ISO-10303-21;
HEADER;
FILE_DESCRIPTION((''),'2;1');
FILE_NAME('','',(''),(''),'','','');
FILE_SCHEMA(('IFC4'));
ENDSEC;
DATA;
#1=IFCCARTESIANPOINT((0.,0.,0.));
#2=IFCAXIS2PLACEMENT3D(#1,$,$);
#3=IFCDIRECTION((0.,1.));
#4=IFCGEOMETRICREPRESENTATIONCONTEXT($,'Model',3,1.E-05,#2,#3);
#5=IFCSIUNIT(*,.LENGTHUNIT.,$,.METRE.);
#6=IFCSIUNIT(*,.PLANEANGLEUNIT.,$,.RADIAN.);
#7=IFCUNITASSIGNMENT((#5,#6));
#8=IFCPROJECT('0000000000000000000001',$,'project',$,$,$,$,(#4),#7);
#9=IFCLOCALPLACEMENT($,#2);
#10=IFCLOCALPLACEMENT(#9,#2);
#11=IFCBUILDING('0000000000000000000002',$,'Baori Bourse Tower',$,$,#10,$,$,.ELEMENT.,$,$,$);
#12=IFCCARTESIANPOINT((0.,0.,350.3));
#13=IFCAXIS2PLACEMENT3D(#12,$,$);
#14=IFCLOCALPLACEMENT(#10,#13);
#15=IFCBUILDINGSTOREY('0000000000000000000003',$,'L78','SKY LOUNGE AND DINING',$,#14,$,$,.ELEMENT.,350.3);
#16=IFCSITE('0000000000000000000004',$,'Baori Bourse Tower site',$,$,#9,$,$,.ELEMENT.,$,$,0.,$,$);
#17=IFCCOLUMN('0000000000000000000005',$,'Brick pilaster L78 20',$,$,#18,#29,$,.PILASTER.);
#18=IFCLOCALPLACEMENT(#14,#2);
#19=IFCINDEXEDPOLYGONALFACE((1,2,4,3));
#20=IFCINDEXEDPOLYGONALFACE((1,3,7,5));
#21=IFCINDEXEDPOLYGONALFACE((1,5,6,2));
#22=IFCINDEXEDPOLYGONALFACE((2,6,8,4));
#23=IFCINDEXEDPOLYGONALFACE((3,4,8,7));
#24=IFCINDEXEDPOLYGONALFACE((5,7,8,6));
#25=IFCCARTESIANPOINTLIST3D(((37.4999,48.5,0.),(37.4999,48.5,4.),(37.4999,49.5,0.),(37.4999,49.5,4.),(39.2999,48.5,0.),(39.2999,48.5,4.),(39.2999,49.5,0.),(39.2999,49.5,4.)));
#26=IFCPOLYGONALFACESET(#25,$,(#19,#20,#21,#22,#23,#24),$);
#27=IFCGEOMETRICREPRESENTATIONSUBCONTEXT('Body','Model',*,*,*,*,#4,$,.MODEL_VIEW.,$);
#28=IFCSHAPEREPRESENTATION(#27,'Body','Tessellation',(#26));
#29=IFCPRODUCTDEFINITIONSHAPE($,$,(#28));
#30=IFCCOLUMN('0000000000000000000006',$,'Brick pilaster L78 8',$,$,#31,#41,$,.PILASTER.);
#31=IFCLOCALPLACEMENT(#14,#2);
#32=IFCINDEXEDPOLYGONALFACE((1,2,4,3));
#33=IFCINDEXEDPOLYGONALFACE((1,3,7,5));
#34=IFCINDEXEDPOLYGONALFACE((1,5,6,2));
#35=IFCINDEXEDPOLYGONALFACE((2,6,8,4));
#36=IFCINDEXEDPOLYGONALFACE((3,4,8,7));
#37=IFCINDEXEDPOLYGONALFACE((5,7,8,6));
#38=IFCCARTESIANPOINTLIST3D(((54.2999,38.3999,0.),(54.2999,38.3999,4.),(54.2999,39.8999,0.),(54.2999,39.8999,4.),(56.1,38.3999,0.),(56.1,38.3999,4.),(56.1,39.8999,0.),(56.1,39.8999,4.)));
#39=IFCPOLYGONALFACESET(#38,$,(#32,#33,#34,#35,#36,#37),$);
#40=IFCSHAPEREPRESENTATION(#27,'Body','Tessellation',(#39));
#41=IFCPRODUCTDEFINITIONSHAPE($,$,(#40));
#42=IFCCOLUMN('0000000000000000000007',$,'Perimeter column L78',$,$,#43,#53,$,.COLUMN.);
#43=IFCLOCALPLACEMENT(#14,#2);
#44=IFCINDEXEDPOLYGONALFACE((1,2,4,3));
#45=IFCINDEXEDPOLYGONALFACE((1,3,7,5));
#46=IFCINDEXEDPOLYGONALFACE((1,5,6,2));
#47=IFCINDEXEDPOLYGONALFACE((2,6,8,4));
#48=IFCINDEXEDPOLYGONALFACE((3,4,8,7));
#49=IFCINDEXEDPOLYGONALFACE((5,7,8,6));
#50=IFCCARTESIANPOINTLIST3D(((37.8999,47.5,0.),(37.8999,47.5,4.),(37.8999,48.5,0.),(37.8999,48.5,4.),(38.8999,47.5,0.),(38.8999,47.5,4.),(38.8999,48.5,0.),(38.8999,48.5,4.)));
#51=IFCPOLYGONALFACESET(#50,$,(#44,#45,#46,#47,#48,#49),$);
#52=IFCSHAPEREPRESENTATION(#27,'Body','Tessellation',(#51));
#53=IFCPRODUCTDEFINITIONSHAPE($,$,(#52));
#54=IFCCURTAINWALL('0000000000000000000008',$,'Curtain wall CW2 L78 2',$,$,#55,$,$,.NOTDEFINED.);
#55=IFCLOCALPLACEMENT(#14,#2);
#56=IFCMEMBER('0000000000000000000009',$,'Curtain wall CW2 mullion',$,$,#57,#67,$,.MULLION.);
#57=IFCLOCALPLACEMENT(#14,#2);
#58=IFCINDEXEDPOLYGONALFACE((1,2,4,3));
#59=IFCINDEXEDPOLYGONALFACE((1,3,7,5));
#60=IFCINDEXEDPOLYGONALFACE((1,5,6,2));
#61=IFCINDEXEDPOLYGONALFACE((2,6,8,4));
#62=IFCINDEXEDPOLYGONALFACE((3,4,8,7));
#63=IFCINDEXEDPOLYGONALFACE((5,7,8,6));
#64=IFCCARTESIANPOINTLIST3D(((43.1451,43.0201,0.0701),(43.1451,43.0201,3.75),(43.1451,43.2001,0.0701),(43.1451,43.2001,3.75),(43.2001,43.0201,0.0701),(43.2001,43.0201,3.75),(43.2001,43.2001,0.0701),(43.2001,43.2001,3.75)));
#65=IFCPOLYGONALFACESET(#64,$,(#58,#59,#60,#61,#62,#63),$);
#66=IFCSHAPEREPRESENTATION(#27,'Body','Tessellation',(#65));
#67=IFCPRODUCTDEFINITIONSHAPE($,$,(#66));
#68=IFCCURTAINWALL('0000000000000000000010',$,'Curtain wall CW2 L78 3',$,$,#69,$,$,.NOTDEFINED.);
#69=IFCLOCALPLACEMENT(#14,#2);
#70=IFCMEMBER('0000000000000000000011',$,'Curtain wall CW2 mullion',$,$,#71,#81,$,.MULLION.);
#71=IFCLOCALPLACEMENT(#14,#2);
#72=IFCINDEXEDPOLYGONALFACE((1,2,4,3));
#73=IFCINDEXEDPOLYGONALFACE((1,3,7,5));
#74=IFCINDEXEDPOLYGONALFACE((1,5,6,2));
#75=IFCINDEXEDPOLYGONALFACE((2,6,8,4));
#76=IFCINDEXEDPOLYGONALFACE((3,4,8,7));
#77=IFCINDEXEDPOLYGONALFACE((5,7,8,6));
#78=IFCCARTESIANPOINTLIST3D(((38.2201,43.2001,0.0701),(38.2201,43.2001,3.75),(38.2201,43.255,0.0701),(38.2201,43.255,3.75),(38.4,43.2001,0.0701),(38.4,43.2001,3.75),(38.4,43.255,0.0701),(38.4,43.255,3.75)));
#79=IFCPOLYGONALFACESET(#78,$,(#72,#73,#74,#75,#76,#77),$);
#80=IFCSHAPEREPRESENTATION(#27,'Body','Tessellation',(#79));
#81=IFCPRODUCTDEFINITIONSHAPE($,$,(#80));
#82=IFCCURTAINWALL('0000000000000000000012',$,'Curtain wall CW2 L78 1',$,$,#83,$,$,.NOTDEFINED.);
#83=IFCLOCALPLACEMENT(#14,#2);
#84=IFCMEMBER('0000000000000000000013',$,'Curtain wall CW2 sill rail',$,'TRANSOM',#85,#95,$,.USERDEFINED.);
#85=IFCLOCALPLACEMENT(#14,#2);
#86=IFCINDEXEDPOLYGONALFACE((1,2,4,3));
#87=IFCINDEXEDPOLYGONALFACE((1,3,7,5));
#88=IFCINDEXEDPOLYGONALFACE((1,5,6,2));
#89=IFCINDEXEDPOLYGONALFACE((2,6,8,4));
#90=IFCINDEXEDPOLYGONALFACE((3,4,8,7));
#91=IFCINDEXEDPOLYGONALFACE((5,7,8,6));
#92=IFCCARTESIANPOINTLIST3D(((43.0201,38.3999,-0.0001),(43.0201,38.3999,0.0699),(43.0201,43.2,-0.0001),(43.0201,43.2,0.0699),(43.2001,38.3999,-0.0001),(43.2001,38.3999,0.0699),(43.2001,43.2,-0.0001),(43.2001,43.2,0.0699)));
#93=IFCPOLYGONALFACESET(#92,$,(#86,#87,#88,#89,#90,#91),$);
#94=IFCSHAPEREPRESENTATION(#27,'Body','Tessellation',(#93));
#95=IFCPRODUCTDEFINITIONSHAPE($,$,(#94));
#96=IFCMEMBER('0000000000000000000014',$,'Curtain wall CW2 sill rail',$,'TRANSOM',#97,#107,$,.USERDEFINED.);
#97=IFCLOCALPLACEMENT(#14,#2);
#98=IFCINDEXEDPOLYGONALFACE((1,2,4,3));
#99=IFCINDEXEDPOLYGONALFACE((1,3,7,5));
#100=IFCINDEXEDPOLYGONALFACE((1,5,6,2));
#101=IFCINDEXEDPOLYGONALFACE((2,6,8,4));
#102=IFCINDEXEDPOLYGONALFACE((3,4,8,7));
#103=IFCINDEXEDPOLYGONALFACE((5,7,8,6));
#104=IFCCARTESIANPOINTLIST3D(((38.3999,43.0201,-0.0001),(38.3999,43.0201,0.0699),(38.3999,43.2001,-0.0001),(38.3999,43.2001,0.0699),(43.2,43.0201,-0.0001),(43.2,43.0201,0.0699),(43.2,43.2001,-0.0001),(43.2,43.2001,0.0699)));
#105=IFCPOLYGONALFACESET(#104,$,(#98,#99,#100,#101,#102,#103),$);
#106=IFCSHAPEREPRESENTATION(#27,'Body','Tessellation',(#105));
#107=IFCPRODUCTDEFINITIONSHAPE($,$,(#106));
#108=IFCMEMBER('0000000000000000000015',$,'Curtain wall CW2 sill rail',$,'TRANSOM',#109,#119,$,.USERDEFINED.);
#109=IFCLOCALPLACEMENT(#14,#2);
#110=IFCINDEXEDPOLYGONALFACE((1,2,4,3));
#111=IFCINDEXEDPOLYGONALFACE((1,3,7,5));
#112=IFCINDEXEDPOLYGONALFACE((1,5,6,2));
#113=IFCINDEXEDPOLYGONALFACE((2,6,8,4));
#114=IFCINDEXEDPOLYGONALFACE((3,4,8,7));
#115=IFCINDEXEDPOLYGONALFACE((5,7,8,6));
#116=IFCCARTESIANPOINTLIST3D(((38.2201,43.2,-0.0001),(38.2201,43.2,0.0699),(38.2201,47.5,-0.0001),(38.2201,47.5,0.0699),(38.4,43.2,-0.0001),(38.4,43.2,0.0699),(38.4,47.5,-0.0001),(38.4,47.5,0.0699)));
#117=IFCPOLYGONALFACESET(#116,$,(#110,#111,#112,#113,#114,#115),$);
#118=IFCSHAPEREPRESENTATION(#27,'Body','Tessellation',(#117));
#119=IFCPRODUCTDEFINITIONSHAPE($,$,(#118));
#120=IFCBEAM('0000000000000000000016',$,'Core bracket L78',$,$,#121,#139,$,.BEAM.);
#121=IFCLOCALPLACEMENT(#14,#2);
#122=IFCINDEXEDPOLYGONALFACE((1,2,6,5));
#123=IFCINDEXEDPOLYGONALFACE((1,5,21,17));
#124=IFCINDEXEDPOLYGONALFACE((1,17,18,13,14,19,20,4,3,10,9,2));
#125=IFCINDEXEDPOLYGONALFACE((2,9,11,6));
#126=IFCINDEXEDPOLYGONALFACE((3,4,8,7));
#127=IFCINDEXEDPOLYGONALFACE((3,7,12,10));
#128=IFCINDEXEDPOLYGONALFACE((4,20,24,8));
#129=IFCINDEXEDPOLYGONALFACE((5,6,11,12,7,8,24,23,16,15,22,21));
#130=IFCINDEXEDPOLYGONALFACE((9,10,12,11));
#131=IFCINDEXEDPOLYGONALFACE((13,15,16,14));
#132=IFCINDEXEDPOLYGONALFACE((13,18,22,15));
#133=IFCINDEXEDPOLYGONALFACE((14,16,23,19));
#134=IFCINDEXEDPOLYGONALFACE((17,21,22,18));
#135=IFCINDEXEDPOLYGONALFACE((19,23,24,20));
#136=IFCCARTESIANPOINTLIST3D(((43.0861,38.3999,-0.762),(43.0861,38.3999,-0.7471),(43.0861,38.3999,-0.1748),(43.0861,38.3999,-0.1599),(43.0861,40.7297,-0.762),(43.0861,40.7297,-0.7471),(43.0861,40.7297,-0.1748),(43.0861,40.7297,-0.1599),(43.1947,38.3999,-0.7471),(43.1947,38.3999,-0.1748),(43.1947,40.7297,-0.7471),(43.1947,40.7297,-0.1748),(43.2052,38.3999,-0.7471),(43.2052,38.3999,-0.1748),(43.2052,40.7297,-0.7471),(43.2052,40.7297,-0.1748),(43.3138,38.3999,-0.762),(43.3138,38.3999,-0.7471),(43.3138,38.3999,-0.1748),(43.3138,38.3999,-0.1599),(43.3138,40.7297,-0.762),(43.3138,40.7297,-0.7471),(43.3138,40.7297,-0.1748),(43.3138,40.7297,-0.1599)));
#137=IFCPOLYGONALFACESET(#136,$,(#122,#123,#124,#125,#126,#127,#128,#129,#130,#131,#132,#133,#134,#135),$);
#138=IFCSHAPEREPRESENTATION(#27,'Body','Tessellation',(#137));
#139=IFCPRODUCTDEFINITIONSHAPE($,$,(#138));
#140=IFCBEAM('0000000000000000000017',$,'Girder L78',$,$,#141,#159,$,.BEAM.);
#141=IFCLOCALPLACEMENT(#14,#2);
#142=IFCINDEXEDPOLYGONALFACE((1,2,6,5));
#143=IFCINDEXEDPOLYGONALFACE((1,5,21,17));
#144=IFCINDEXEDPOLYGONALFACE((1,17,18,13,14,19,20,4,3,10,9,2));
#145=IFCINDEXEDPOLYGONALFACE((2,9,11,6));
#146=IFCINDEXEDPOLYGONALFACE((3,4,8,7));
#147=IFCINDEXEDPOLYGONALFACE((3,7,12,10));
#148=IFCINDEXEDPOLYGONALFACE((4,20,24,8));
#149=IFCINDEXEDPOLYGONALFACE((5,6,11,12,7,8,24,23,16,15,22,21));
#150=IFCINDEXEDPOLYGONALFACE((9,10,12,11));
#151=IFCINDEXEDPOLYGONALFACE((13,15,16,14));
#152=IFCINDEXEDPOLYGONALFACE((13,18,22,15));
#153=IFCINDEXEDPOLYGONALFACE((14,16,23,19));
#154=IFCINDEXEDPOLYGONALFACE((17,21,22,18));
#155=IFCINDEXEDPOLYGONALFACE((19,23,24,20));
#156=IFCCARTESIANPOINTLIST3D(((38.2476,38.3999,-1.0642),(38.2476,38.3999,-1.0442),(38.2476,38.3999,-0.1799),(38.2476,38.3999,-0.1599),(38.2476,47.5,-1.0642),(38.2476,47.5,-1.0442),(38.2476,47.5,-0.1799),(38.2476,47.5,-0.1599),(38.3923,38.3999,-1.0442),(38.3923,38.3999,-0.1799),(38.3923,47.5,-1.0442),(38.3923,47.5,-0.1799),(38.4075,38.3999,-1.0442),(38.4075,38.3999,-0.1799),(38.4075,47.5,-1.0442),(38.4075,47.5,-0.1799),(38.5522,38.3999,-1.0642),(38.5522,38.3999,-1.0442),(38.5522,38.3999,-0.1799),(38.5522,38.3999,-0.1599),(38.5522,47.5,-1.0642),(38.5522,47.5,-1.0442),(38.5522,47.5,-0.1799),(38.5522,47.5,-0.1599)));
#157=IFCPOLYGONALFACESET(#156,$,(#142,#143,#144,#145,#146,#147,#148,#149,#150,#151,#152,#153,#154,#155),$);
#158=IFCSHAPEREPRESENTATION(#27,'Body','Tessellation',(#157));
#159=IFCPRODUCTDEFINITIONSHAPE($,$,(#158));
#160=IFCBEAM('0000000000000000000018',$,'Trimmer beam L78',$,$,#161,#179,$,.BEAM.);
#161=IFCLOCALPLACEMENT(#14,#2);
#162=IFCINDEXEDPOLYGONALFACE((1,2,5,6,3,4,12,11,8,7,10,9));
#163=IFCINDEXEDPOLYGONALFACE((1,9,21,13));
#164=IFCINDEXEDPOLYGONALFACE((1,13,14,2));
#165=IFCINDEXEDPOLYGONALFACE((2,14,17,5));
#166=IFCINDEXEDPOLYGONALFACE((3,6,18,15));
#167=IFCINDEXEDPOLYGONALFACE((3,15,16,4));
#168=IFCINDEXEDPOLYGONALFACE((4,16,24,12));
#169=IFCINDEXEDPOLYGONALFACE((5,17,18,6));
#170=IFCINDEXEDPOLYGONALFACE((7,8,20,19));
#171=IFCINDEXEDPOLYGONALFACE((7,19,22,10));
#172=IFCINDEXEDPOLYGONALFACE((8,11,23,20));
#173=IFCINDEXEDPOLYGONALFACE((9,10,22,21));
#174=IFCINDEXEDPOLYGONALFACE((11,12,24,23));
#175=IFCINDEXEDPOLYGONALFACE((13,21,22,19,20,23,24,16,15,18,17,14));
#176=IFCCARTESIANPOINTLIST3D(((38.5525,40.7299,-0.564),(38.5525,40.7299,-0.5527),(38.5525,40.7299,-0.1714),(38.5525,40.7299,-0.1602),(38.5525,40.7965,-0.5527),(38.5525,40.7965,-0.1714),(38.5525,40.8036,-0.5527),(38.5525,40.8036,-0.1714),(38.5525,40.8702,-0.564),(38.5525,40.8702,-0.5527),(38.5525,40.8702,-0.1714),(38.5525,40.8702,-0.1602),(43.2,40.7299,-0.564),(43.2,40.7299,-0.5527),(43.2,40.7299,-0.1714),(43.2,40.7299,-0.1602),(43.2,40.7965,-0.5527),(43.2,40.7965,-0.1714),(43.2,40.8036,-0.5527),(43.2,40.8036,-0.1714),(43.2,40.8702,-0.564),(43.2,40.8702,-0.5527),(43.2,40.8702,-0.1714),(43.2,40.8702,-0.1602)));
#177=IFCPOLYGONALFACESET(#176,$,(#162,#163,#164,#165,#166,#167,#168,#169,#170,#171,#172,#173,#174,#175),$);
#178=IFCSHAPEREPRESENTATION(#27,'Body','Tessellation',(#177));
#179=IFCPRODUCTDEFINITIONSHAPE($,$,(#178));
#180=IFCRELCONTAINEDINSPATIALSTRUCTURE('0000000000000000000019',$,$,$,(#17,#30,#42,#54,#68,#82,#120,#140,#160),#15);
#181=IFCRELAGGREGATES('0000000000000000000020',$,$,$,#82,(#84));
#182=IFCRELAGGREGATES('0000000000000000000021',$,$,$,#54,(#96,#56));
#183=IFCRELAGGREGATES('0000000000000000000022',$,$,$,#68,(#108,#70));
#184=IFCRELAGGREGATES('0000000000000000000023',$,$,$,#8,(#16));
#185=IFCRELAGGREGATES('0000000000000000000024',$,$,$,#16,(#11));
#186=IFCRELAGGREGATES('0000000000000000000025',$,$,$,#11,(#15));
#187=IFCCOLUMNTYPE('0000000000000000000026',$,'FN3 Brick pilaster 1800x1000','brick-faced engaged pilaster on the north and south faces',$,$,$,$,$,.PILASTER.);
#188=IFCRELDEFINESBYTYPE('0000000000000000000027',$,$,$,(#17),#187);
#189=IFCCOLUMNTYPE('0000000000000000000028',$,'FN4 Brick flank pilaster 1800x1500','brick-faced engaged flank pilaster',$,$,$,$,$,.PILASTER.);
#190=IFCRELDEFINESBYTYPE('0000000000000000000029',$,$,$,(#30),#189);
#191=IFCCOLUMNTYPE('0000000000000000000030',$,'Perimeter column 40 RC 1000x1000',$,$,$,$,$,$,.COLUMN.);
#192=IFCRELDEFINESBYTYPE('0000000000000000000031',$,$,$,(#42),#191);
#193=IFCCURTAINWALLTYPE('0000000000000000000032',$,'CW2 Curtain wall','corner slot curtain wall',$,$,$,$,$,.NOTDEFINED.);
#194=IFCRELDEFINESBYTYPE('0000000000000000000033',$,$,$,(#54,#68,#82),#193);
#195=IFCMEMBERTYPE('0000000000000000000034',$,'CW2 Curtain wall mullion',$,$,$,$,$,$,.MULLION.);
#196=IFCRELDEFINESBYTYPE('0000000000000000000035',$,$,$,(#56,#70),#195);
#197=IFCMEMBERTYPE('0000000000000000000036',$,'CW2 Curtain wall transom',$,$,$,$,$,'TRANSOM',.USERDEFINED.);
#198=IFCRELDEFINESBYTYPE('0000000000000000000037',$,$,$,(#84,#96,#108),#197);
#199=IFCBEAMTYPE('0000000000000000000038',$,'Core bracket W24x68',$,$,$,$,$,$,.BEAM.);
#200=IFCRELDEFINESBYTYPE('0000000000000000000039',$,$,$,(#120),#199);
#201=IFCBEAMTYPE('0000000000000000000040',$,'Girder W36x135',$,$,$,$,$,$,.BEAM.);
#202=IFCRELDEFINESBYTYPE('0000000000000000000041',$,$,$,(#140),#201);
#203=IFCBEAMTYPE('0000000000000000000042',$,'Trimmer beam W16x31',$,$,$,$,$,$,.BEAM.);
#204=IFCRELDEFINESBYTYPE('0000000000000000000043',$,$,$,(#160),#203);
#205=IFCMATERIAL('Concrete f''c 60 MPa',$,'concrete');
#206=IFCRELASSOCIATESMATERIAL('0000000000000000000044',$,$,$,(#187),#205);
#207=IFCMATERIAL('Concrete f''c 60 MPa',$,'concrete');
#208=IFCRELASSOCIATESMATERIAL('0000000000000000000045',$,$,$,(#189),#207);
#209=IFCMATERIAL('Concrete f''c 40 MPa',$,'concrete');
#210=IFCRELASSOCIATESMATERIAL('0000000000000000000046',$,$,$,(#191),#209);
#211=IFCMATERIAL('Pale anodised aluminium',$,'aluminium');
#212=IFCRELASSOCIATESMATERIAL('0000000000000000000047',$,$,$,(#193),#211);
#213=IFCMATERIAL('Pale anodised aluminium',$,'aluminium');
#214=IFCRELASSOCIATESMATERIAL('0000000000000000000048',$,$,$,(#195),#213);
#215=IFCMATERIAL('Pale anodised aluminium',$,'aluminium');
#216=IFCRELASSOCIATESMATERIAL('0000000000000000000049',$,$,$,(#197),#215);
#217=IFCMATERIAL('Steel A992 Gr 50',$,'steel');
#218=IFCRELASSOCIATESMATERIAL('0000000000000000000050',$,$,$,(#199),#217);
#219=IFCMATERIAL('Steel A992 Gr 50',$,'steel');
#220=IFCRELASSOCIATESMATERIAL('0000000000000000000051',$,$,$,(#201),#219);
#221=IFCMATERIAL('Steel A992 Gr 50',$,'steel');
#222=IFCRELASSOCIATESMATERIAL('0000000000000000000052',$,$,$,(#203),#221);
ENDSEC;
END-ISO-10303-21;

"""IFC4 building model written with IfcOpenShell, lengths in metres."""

from ifc_helpers import new_model, si_unit, direction, frame, origin, origin_2d, place, context, subcontext, project, spatial, rectangle, i_section, extrude, material, material_profile, profile_set, type_object, element, aggregate, save


model = new_model("IFC4")

# Units and contexts
model_context = context("Model", 3, precision=1e-05, world=origin(), true_north=direction((0.0, 1.0)))
body_context = subcontext(model_context, "Body", "Model", "MODEL_VIEW")
ifc_project = project(units=[si_unit("LENGTHUNIT", "METRE"), si_unit("PLANEANGLEUNIT", "RADIAN")], contexts=[model_context])

# Site, building, storey
site_placement = place(None, origin())
site = spatial("IfcSite", under=ifc_project, at=site_placement, Name="Baori Bourse Tower site", CompositionType="ELEMENT", RefElevation=0.0)
building_placement = place(site_placement, origin())
building = spatial("IfcBuilding", under=site, at=building_placement, Name="Baori Bourse Tower", CompositionType="ELEMENT")
storey_placement = place(building_placement, frame((0.0, 0.0, 350.3)))
storey = spatial("IfcBuildingStorey", under=building, at=storey_placement, Name="L78", Description="SKY LOUNGE AND DINING", CompositionType="ELEMENT", Elevation=350.3)

# Columns
ifc_material_1 = material(Name="Concrete f'c 60 MPa", Category="concrete")
ifc_material_profile_1 = material_profile(ifc_material_1, rectangle(XDim=1.8, YDim=1.0, at=origin_2d()), Name="RC 1800x1000")
ifc_profile_set_1 = profile_set([ifc_material_profile_1], Name="Concrete f'c 60 MPa")
column_type_1 = type_object("IfcColumnType", Name="FN3 Brick pilaster 1800x1000", Description="brick-faced engaged pilaster on the north and south faces", PredefinedType="PILASTER", material=ifc_profile_set_1)
column_1_placement = place(storey_placement, frame((38.3999, 49.0, 0.0), z_axis=(0.0, 0.0, 1.0), x_axis=(1.0, 0.0, 0.0)))
element("IfcColumn", 1, at=column_1_placement, inside=storey, type_object=column_type_1, Name="Brick pilaster L78 20", PredefinedType="PILASTER", context=body_context, shape_type="SweptSolid", body=[
    extrude(rectangle(XDim=1.8, YDim=1.0, at=origin_2d()), origin(), (0.0, 0.0, 1.0), 4.0),
])
ifc_material_2 = material(Name="Concrete f'c 60 MPa", Category="concrete")
ifc_material_profile_2 = material_profile(ifc_material_2, rectangle(XDim=1.8, YDim=1.5, at=origin_2d()), Name="RC 1800x1500")
ifc_profile_set_2 = profile_set([ifc_material_profile_2], Name="Concrete f'c 60 MPa")
column_type_2 = type_object("IfcColumnType", Name="FN4 Brick flank pilaster 1800x1500", Description="brick-faced engaged flank pilaster", PredefinedType="PILASTER", material=ifc_profile_set_2)
column_2_placement = place(storey_placement, frame((55.2, 39.1499, 0.0), z_axis=(0.0, 0.0, 1.0), x_axis=(1.0, 0.0, 0.0)))
element("IfcColumn", 2, at=column_2_placement, inside=storey, type_object=column_type_2, Name="Brick pilaster L78 8", PredefinedType="PILASTER", context=body_context, shape_type="SweptSolid", body=[
    extrude(rectangle(XDim=1.8, YDim=1.5, at=origin_2d()), origin(), (0.0, 0.0, 1.0), 4.0),
])
ifc_material_3 = material(Name="Concrete f'c 40 MPa", Category="concrete")
ifc_material_profile_3 = material_profile(ifc_material_3, rectangle(XDim=1.0, YDim=1.0, at=origin_2d()), Name="RC 1000x1000")
ifc_profile_set_3 = profile_set([ifc_material_profile_3], Name="Concrete f'c 40 MPa")
column_type_3 = type_object("IfcColumnType", Name="Perimeter column 40 RC 1000x1000", PredefinedType="COLUMN", material=ifc_profile_set_3)
column_3_placement = place(storey_placement, frame((38.3999, 48.0, 0.0), z_axis=(0.0, 0.0, 1.0), x_axis=(1.0, 0.0, 0.0)))
element("IfcColumn", 3, at=column_3_placement, inside=storey, type_object=column_type_3, Name="Perimeter column L78", PredefinedType="COLUMN", context=body_context, shape_type="SweptSolid", body=[
    extrude(rectangle(XDim=1.0, YDim=1.0, at=origin_2d()), origin(), (0.0, 0.0, 1.0), 4.0),
])

# Curtain walls, members
ifc_material_4 = material(Name="Pale anodised aluminium", Category="aluminium")
curtain_wall_type = type_object("IfcCurtainWallType", Name="CW2 Curtain wall", Description="corner slot curtain wall", PredefinedType="NOTDEFINED", material=ifc_material_4)
curtain_wall_1_placement = place(storey_placement, origin())
curtain_wall_1 = element("IfcCurtainWall", 4, at=curtain_wall_1_placement, inside=storey, type_object=curtain_wall_type, Name="Curtain wall CW2 L78 2", PredefinedType="NOTDEFINED")
ifc_material_5 = material(Name="Pale anodised aluminium", Category="aluminium")
ifc_material_profile_4 = material_profile(ifc_material_5, rectangle(XDim=0.1799, YDim=0.0549, at=origin_2d()), Name="Mullion 55x180")
ifc_profile_set_4 = profile_set([ifc_material_profile_4], Name="Pale anodised aluminium")
member_type_1 = type_object("IfcMemberType", Name="CW2 Curtain wall mullion", PredefinedType="MULLION", material=ifc_profile_set_4)
member_1_placement = place(storey_placement, frame((43.1726, 43.1101, 0.0701), z_axis=(0.0, 0.0, 1.0), x_axis=(0.0, -1.0, 0.0)))
member_1 = element("IfcMember", 5, at=member_1_placement, type_object=member_type_1, Name="Curtain wall CW2 mullion", PredefinedType="MULLION", context=body_context, shape_type="SweptSolid", body=[
    extrude(rectangle(XDim=0.1799, YDim=0.0549, at=origin_2d()), origin(), (0.0, 0.0, 1.0), 3.6799),
])
curtain_wall_2_placement = place(storey_placement, origin())
curtain_wall_2 = element("IfcCurtainWall", 6, at=curtain_wall_2_placement, inside=storey, type_object=curtain_wall_type, Name="Curtain wall CW2 L78 3", PredefinedType="NOTDEFINED")
member_2_placement = place(storey_placement, frame((38.3101, 43.2275, 0.0701), z_axis=(0.0, 0.0, 1.0), x_axis=(-1.0, 0.0, 0.0)))
member_2 = element("IfcMember", 7, at=member_2_placement, type_object=member_type_1, Name="Curtain wall CW2 mullion", PredefinedType="MULLION", context=body_context, shape_type="SweptSolid", body=[
    extrude(rectangle(XDim=0.1799, YDim=0.0549, at=origin_2d()), origin(), (0.0, 0.0, 1.0), 3.6799),
])
curtain_wall_3_placement = place(storey_placement, origin())
curtain_wall_3 = element("IfcCurtainWall", 8, at=curtain_wall_3_placement, inside=storey, type_object=curtain_wall_type, Name="Curtain wall CW2 L78 1", PredefinedType="NOTDEFINED")
ifc_material_6 = material(Name="Pale anodised aluminium", Category="aluminium")
ifc_material_profile_5 = material_profile(ifc_material_6, rectangle(XDim=0.1799, YDim=0.0701, at=origin_2d()), Name="Transom 70x180")
ifc_profile_set_5 = profile_set([ifc_material_profile_5], Name="Pale anodised aluminium")
member_type_2 = type_object("IfcMemberType", Name="CW2 Curtain wall transom", ElementType="TRANSOM", PredefinedType="USERDEFINED", material=ifc_profile_set_5)
member_3_placement = place(storey_placement, frame((43.1101, 38.3999, 0.0349), z_axis=(0.0, 1.0, 0.0), x_axis=(-1.0, 0.0, 0.0)))
member_3 = element("IfcMember", 9, at=member_3_placement, type_object=member_type_2, Name="Curtain wall CW2 sill rail", ObjectType="TRANSOM", PredefinedType="USERDEFINED", context=body_context, shape_type="SweptSolid", body=[
    extrude(rectangle(XDim=0.1799, YDim=0.0701, at=origin_2d()), origin(), (0.0, 0.0, 1.0), 4.8),
])

# Members
member_4_placement = place(storey_placement, frame((43.2, 43.1101, 0.0349), z_axis=(-1.0, 0.0, 0.0), x_axis=(0.0, -1.0, 0.0)))
member_4 = element("IfcMember", 10, at=member_4_placement, type_object=member_type_2, Name="Curtain wall CW2 sill rail", ObjectType="TRANSOM", PredefinedType="USERDEFINED", context=body_context, shape_type="SweptSolid", body=[
    extrude(rectangle(XDim=0.1799, YDim=0.0701, at=origin_2d()), origin(), (0.0, 0.0, 1.0), 4.8),
])
member_5_placement = place(storey_placement, frame((38.3101, 43.2, 0.0349), z_axis=(0.0, 1.0, 0.0), x_axis=(-1.0, 0.0, 0.0)))
member_5 = element("IfcMember", 11, at=member_5_placement, type_object=member_type_2, Name="Curtain wall CW2 sill rail", ObjectType="TRANSOM", PredefinedType="USERDEFINED", context=body_context, shape_type="SweptSolid", body=[
    extrude(rectangle(XDim=0.1799, YDim=0.0701, at=origin_2d()), origin(), (0.0, 0.0, 1.0), 4.3),
])

# Beams
ifc_material_7 = material(Name="Steel A992 Gr 50", Category="steel")
ifc_material_profile_6 = material_profile(ifc_material_7, i_section(OverallWidth=0.2278, OverallDepth=0.6021, WebThickness=0.0105, FlangeThickness=0.0149, at=origin_2d()), Name="W24x68")
ifc_profile_set_6 = profile_set([ifc_material_profile_6], Name="Steel A992 Gr 50")
beam_type_1 = type_object("IfcBeamType", Name="Core bracket W24x68", PredefinedType="BEAM", material=ifc_profile_set_6)
beam_1_placement = place(storey_placement, frame((43.2, 38.3999, -0.4609), z_axis=(0.0, 1.0, 0.0), x_axis=(-1.0, 0.0, 0.0)))
element("IfcBeam", 12, at=beam_1_placement, inside=storey, type_object=beam_type_1, Name="Core bracket L78", PredefinedType="BEAM", context=body_context, shape_type="SweptSolid", body=[
    extrude(i_section(OverallWidth=0.2278, OverallDepth=0.6021, WebThickness=0.0105, FlangeThickness=0.0149, at=origin_2d()), origin(), (0.0, 0.0, 1.0), 2.3298),
])
ifc_material_8 = material(Name="Steel A992 Gr 50", Category="steel")
ifc_material_profile_7 = material_profile(ifc_material_8, i_section(OverallWidth=0.3047, OverallDepth=0.9043, WebThickness=0.0151, FlangeThickness=0.02, at=origin_2d()), Name="W36x135")
ifc_profile_set_7 = profile_set([ifc_material_profile_7], Name="Steel A992 Gr 50")
beam_type_2 = type_object("IfcBeamType", Name="Girder W36x135", PredefinedType="BEAM", material=ifc_profile_set_7)
beam_2_placement = place(storey_placement, frame((38.3999, 38.3999, -0.6121), z_axis=(0.0, 1.0, 0.0), x_axis=(-1.0, 0.0, 0.0)))
element("IfcBeam", 13, at=beam_2_placement, inside=storey, type_object=beam_type_2, Name="Girder L78", PredefinedType="BEAM", context=body_context, shape_type="SweptSolid", body=[
    extrude(i_section(OverallWidth=0.3047, OverallDepth=0.9043, WebThickness=0.0151, FlangeThickness=0.02, at=origin_2d()), origin(), (0.0, 0.0, 1.0), 9.1001),
])
ifc_material_9 = material(Name="Steel A992 Gr 50", Category="steel")
ifc_material_profile_8 = material_profile(ifc_material_9, i_section(OverallWidth=0.1404, OverallDepth=0.4038, WebThickness=0.0071, FlangeThickness=0.0112, at=origin_2d()), Name="W16x31")
ifc_profile_set_8 = profile_set([ifc_material_profile_8], Name="Steel A992 Gr 50")
beam_type_3 = type_object("IfcBeamType", Name="Trimmer beam W16x31", PredefinedType="BEAM", material=ifc_profile_set_8)
beam_3_placement = place(storey_placement, frame((38.5525, 40.8, -0.3621), z_axis=(1.0, 0.0, 0.0), x_axis=(0.0, 1.0, 0.0)))
element("IfcBeam", 14, at=beam_3_placement, inside=storey, type_object=beam_type_3, Name="Trimmer beam L78", PredefinedType="BEAM", context=body_context, shape_type="SweptSolid", body=[
    extrude(i_section(OverallWidth=0.1404, OverallDepth=0.4038, WebThickness=0.0071, FlangeThickness=0.0112, at=origin_2d()), origin(), (0.0, 0.0, 1.0), 4.6475),
])

aggregate(curtain_wall_3, [member_3])
aggregate(curtain_wall_1, [member_4, member_1])
aggregate(curtain_wall_2, [member_5, member_2])

save(model, "model.ifc")
